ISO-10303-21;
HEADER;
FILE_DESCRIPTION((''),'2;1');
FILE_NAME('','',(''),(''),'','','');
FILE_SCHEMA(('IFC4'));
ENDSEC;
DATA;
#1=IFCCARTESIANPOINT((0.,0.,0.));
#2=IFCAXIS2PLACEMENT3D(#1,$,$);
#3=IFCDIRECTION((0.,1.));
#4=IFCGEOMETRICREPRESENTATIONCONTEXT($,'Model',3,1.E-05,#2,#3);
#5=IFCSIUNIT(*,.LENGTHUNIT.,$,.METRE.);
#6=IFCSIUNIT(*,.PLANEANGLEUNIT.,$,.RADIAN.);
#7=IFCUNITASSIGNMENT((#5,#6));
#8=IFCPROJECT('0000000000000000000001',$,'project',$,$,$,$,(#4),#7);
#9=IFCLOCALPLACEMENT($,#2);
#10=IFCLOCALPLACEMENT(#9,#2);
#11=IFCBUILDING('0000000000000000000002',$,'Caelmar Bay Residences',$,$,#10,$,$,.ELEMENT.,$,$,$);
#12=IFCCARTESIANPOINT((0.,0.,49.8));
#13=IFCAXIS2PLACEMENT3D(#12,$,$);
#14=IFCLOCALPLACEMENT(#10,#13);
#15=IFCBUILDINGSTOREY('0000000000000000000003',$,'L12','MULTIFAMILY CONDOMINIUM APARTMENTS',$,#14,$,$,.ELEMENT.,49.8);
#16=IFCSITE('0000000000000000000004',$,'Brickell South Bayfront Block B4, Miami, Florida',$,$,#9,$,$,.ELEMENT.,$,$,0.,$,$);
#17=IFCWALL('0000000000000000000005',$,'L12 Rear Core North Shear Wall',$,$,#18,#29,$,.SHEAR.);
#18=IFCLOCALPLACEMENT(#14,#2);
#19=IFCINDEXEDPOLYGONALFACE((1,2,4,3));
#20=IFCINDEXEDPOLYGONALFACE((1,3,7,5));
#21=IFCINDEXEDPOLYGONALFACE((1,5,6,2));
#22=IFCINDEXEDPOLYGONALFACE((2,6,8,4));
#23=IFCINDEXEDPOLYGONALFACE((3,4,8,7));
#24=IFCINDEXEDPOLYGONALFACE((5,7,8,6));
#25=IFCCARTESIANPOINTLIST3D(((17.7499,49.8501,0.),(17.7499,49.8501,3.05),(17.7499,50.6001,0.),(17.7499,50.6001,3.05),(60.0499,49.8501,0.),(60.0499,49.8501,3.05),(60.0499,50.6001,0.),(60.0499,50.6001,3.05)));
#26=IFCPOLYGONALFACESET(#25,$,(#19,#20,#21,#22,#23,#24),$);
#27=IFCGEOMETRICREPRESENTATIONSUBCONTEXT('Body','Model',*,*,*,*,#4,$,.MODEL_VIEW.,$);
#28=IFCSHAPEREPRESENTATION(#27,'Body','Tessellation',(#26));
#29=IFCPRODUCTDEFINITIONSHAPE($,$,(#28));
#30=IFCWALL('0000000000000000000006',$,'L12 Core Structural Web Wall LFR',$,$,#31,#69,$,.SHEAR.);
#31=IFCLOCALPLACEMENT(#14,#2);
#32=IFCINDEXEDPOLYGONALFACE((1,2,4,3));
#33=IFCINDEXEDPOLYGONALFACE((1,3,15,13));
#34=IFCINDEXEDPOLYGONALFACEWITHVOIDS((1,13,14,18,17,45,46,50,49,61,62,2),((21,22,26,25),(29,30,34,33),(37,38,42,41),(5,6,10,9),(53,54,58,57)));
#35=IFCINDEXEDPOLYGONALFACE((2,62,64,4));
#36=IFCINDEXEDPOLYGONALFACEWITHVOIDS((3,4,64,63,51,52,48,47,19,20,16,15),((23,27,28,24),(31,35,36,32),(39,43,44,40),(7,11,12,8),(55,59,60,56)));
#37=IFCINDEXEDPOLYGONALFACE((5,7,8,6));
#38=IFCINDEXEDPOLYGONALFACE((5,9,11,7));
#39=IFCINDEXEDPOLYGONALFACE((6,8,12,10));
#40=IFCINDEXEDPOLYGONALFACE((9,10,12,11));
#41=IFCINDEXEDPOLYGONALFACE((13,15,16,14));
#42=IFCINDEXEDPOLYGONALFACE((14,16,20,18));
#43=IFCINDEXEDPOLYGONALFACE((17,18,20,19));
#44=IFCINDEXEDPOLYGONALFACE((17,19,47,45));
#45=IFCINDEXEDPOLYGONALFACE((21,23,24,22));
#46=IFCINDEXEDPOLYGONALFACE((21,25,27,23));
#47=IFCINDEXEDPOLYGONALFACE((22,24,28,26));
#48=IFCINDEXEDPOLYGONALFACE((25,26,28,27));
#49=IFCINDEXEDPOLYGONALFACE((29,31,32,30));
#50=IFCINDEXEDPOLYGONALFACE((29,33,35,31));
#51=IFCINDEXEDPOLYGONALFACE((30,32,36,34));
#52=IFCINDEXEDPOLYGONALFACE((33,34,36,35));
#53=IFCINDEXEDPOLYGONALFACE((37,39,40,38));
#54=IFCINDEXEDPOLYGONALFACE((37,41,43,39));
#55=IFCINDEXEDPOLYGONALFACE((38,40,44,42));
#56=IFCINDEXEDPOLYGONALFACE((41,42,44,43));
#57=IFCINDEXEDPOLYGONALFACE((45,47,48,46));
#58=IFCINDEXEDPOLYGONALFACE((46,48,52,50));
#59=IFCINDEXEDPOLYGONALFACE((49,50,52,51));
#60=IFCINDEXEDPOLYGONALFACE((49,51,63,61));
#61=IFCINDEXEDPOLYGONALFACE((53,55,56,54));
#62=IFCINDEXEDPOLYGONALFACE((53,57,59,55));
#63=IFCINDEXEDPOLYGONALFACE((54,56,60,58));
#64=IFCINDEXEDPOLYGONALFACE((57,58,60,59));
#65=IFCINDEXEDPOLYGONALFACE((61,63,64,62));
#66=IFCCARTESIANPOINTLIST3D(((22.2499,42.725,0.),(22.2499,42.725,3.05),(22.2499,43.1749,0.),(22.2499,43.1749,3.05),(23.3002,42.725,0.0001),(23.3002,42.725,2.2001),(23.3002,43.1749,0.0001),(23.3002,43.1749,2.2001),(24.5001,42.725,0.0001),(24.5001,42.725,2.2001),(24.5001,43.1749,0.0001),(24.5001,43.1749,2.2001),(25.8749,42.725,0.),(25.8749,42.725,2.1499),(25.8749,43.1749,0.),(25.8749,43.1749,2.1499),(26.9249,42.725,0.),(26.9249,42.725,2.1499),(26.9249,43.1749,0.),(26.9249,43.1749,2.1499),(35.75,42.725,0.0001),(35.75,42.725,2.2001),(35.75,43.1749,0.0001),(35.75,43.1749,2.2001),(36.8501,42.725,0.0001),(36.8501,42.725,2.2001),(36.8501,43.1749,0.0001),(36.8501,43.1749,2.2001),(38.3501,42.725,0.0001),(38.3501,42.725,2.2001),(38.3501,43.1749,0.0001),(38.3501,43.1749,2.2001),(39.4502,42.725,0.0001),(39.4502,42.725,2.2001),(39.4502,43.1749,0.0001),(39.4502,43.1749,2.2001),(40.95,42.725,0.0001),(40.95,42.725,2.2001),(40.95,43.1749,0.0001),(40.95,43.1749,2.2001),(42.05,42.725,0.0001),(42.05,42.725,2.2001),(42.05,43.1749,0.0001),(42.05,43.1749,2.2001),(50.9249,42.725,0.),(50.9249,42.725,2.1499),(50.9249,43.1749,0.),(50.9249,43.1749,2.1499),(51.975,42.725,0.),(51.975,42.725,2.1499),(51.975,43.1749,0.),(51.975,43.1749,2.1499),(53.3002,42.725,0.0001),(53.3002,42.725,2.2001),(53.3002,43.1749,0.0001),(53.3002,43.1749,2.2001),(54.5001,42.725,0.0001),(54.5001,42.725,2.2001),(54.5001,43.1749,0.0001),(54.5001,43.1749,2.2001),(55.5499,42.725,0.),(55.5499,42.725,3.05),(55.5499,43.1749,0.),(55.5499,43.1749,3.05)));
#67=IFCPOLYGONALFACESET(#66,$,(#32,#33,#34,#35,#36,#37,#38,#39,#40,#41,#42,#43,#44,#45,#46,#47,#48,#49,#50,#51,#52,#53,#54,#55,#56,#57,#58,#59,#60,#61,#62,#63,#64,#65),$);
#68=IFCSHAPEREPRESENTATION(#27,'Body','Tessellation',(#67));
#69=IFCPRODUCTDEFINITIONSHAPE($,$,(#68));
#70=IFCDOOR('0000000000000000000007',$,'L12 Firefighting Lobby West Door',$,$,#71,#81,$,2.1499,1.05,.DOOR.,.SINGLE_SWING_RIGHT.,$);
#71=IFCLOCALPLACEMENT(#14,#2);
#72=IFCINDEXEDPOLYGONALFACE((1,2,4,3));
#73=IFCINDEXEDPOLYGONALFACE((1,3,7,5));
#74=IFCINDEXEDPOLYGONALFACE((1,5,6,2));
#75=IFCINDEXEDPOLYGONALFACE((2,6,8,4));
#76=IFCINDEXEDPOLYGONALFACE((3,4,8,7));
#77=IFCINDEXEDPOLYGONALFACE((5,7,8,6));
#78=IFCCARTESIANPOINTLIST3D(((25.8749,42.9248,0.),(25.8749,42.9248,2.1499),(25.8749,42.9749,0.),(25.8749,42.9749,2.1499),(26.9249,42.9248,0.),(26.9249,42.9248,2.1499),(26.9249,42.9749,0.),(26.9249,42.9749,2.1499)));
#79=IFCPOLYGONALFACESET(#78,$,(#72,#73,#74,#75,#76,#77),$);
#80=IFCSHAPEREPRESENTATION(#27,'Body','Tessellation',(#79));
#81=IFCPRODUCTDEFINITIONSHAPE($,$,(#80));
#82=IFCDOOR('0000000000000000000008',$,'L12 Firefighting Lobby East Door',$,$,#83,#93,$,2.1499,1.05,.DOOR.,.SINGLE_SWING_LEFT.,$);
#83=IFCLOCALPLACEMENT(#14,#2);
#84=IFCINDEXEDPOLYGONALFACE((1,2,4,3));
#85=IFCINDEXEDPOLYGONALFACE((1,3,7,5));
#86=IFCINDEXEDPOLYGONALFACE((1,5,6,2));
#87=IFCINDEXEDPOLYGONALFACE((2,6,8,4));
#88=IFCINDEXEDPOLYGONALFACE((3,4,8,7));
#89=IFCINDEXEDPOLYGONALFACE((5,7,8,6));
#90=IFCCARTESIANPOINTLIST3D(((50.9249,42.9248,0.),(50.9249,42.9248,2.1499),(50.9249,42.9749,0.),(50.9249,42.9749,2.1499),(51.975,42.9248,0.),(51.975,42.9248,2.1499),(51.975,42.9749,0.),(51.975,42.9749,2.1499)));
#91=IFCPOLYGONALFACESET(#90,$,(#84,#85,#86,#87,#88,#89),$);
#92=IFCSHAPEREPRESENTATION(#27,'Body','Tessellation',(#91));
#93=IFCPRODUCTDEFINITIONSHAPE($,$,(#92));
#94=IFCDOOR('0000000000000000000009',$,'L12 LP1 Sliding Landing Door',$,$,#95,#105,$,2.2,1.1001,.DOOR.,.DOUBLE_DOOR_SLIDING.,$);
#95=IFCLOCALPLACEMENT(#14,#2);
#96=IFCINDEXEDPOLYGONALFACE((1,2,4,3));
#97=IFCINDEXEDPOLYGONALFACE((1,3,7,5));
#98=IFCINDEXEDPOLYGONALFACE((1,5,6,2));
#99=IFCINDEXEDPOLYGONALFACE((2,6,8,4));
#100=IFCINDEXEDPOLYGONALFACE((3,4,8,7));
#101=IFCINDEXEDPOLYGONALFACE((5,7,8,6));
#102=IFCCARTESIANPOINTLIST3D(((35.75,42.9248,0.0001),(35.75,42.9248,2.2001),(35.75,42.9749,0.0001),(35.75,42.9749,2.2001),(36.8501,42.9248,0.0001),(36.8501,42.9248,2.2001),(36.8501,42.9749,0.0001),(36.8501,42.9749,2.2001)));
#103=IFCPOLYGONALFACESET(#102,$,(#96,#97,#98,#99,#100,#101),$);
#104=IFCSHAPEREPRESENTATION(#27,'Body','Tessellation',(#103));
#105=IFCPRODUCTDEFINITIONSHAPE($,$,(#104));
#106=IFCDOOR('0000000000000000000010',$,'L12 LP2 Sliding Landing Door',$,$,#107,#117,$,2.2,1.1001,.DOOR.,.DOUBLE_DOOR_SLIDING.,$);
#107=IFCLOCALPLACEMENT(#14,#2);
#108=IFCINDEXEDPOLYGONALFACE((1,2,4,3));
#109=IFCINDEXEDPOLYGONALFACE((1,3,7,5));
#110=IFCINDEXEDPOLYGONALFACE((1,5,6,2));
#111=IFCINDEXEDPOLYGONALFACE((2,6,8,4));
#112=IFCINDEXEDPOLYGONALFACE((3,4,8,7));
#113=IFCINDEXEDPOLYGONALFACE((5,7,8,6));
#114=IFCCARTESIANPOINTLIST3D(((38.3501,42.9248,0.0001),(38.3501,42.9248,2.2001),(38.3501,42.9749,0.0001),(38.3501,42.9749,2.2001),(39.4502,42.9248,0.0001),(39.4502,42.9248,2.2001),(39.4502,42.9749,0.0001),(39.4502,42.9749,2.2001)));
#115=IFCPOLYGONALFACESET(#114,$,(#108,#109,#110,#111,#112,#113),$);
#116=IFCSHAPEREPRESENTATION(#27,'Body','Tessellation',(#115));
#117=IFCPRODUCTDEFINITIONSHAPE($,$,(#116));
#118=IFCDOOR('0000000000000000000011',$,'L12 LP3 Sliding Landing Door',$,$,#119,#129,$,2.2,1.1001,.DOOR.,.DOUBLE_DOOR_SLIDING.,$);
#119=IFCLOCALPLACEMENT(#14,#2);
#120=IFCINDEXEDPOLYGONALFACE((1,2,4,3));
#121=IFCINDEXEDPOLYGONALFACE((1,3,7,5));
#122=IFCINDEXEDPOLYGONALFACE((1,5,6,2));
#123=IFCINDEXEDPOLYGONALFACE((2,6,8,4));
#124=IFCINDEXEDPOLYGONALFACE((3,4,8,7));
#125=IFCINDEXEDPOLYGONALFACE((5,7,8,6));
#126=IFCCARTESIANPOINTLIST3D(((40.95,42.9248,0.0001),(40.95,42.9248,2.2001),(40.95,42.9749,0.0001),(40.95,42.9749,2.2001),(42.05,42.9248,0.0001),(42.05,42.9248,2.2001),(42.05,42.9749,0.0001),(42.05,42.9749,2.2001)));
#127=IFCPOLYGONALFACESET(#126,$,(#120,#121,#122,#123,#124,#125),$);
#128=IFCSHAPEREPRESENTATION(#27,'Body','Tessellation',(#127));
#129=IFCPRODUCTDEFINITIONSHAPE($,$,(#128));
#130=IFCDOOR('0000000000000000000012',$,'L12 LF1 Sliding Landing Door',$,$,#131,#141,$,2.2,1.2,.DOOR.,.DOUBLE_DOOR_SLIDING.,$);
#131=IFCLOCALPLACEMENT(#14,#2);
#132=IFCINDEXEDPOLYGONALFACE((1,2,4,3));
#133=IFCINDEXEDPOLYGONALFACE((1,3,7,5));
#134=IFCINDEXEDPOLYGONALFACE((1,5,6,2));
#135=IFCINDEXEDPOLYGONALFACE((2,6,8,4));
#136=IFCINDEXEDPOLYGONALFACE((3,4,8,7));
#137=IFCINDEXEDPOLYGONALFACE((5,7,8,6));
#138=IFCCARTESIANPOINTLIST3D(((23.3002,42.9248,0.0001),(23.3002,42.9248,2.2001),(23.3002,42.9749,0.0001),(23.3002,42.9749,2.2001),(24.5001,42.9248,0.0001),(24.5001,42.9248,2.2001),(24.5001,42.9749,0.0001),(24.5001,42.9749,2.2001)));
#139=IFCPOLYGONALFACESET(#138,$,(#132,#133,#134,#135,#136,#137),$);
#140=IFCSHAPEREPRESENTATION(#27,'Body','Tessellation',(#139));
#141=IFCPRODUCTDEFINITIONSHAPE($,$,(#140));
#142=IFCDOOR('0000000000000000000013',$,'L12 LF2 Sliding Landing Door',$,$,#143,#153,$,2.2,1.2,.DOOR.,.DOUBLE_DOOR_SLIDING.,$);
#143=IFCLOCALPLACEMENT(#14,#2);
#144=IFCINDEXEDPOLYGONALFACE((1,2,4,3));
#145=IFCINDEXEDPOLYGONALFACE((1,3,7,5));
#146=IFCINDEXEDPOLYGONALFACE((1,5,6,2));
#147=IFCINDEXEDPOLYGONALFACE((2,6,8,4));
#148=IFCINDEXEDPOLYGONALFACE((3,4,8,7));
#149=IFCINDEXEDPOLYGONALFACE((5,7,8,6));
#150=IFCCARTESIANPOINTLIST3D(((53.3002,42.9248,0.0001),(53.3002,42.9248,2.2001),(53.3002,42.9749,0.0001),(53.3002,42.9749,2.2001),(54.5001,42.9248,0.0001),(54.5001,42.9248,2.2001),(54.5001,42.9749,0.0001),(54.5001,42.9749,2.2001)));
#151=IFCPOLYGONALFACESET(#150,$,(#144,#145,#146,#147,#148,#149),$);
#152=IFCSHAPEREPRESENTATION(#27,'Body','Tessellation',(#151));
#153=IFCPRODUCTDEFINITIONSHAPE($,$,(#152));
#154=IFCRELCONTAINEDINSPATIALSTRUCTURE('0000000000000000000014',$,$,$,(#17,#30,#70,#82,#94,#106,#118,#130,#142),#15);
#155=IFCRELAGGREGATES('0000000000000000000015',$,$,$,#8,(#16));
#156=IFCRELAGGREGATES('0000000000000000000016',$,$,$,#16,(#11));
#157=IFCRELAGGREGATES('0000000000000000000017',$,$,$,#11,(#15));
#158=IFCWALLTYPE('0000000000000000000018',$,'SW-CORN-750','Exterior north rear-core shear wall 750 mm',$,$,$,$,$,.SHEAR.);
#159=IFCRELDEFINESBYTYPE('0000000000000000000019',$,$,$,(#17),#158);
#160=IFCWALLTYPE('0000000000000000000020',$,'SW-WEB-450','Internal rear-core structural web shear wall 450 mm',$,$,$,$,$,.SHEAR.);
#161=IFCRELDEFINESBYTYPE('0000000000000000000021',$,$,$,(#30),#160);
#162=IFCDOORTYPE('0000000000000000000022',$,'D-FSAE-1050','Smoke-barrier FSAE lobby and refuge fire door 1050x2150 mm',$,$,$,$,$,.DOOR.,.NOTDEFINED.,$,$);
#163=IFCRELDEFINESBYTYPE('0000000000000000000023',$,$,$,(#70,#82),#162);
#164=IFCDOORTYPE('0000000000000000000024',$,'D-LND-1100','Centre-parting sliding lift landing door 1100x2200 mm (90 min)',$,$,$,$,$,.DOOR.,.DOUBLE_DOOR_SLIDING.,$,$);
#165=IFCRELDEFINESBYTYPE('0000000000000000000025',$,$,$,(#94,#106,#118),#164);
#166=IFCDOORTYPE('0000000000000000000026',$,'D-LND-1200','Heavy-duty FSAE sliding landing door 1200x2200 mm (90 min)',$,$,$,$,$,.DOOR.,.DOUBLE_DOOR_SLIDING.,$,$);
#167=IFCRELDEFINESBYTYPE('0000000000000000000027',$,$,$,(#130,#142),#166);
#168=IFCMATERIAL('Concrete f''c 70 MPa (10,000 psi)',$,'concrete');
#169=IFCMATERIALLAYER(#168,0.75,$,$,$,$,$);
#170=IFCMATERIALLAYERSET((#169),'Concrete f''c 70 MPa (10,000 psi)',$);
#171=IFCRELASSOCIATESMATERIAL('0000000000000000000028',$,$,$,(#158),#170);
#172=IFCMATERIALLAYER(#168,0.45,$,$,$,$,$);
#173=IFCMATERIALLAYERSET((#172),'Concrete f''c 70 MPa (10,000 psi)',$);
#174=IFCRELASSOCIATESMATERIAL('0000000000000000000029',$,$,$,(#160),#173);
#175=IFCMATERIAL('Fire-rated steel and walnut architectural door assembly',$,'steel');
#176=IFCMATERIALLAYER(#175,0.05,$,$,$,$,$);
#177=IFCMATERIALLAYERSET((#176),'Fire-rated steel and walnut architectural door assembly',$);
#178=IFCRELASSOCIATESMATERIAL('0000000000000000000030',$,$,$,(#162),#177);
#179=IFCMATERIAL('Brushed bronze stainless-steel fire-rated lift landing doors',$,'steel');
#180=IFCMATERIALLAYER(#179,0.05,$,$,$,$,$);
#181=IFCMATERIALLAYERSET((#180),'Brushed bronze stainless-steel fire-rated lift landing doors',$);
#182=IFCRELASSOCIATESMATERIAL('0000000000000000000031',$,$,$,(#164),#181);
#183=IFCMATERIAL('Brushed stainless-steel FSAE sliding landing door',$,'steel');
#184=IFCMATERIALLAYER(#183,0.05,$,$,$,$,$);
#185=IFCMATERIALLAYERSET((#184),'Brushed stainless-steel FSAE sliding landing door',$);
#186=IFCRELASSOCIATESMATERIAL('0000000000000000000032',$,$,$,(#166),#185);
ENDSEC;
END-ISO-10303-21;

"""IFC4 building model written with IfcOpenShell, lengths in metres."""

from ifc_helpers import new_model, si_unit, direction, frame, frame_2d, origin, place, context, subcontext, project, spatial, rectangle, extrude, material, layer, layer_set, type_object, element, fill, save


model = new_model("IFC4")

# Units and contexts
model_context = context("Model", 3, precision=1e-05, world=origin(), true_north=direction((0.0, 1.0)))
body_context = subcontext(model_context, "Body", "Model", "MODEL_VIEW")
ifc_project = project(units=[si_unit("LENGTHUNIT", "METRE"), si_unit("PLANEANGLEUNIT", "RADIAN")], contexts=[model_context])

# Site, building, storey
site_placement = place(None, origin())
site = spatial("IfcSite", under=ifc_project, at=site_placement, Name="Brickell South Bayfront Block B4, Miami, Florida", CompositionType="ELEMENT", RefElevation=0.0)
building_placement = place(site_placement, origin())
building = spatial("IfcBuilding", under=site, at=building_placement, Name="Caelmar Bay Residences", CompositionType="ELEMENT")
storey_placement = place(building_placement, frame((0.0, 0.0, 49.8)))
storey = spatial("IfcBuildingStorey", under=building, at=storey_placement, Name="L12", Description="MULTIFAMILY CONDOMINIUM APARTMENTS", CompositionType="ELEMENT", Elevation=49.8)

# Wall
ifc_material_1 = material(Name="Concrete f'c 70 MPa (10,000 psi)", Category="concrete")
ifc_layer_1 = layer(ifc_material_1, 0.75)
ifc_layer_set_1 = layer_set([ifc_layer_1], Name="Concrete f'c 70 MPa (10,000 psi)")
wall_type_1 = type_object("IfcWallType", Name="SW-CORN-750", Description="Exterior north rear-core shear wall 750 mm", PredefinedType="SHEAR", material=ifc_layer_set_1)
wall_1_placement = place(storey_placement, frame((17.75, 50.2251, 0.0), z_axis=(0.0, 0.0, 1.0), x_axis=(1.0, 0.0, 0.0)))
element("IfcWall", 1, at=wall_1_placement, inside=storey, type_object=wall_type_1, Name="L12 Rear Core North Shear Wall", PredefinedType="SHEAR", context=body_context, shape_type="SweptSolid", body=[
    extrude(rectangle(XDim=42.3, YDim=0.75, at=frame_2d((21.1499, 0.0))), origin(), (0.0, 0.0, 1.0), 3.05),
])

# Wall, openings, doors
ifc_layer_2 = layer(ifc_material_1, 0.45)
ifc_layer_set_2 = layer_set([ifc_layer_2], Name="Concrete f'c 70 MPa (10,000 psi)")
wall_type_2 = type_object("IfcWallType", Name="SW-WEB-450", Description="Internal rear-core structural web shear wall 450 mm", PredefinedType="SHEAR", material=ifc_layer_set_2)
wall_2_placement = place(storey_placement, frame((22.25, 42.95, 0.0), z_axis=(0.0, 0.0, 1.0), x_axis=(1.0, 0.0, 0.0)))
wall_2 = element("IfcWall", 2, at=wall_2_placement, inside=storey, type_object=wall_type_2, Name="L12 Core Structural Web Wall LFR", PredefinedType="SHEAR", context=body_context, shape_type="SweptSolid", body=[
    extrude(rectangle(XDim=33.3, YDim=0.45, at=frame_2d((16.6499, 0.0))), origin(), (0.0, 0.0, 1.0), 3.05),
])
opening_1_placement = place(wall_2_placement, frame((1.05, 0.0, 0.0)))
opening_1 = element("IfcOpeningElement", 3, at=opening_1_placement, cuts=wall_2, PredefinedType="OPENING", context=body_context, shape_type="SweptSolid", body=[
    extrude(rectangle(XDim=1.2, YDim=2.2, at=frame_2d((0.6001, 1.1001))), frame((0.0, 0.2349, 0.0), z_axis=(0.0, -1.0, 0.0), x_axis=(1.0, 0.0, 0.0)), (0.0, 0.0, 1.0), 0.47),
])
opening_2_placement = place(wall_2_placement, frame((31.05, 0.0, 0.0)))
opening_2 = element("IfcOpeningElement", 4, at=opening_2_placement, cuts=wall_2, PredefinedType="OPENING", context=body_context, shape_type="SweptSolid", body=[
    extrude(rectangle(XDim=1.2, YDim=2.2, at=frame_2d((0.6001, 1.1001))), frame((0.0, 0.2349, 0.0), z_axis=(0.0, -1.0, 0.0), x_axis=(1.0, 0.0, 0.0)), (0.0, 0.0, 1.0), 0.47),
])
opening_3_placement = place(wall_2_placement, frame((13.5, 0.0, 0.0)))
opening_3 = element("IfcOpeningElement", 5, at=opening_3_placement, cuts=wall_2, PredefinedType="OPENING", context=body_context, shape_type="SweptSolid", body=[
    extrude(rectangle(XDim=1.1001, YDim=2.2, at=frame_2d((0.55, 1.1001))), frame((0.0, 0.2349, 0.0), z_axis=(0.0, -1.0, 0.0), x_axis=(1.0, 0.0, 0.0)), (0.0, 0.0, 1.0), 0.47),
])
opening_4_placement = place(wall_2_placement, frame((16.1001, 0.0, 0.0)))
opening_4 = element("IfcOpeningElement", 6, at=opening_4_placement, cuts=wall_2, PredefinedType="OPENING", context=body_context, shape_type="SweptSolid", body=[
    extrude(rectangle(XDim=1.1001, YDim=2.2, at=frame_2d((0.55, 1.1001))), frame((0.0, 0.2349, 0.0), z_axis=(0.0, -1.0, 0.0), x_axis=(1.0, 0.0, 0.0)), (0.0, 0.0, 1.0), 0.47),
])
opening_5_placement = place(wall_2_placement, frame((18.7, 0.0, 0.0)))
opening_5 = element("IfcOpeningElement", 7, at=opening_5_placement, cuts=wall_2, PredefinedType="OPENING", context=body_context, shape_type="SweptSolid", body=[
    extrude(rectangle(XDim=1.1001, YDim=2.2, at=frame_2d((0.55, 1.1001))), frame((0.0, 0.2349, 0.0), z_axis=(0.0, -1.0, 0.0), x_axis=(1.0, 0.0, 0.0)), (0.0, 0.0, 1.0), 0.47),
])
opening_6_placement = place(wall_2_placement, frame((3.625, 0.0, 0.0)))
opening_6 = element("IfcOpeningElement", 8, at=opening_6_placement, cuts=wall_2, PredefinedType="OPENING", context=body_context, shape_type="SweptSolid", body=[
    extrude(rectangle(XDim=1.05, YDim=2.1499, at=frame_2d((0.5249, 1.075))), frame((0.0, 0.2349, 0.0), z_axis=(0.0, -1.0, 0.0), x_axis=(1.0, 0.0, 0.0)), (0.0, 0.0, 1.0), 0.47),
])
opening_7_placement = place(wall_2_placement, frame((28.675, 0.0, 0.0)))
opening_7 = element("IfcOpeningElement", 9, at=opening_7_placement, cuts=wall_2, PredefinedType="OPENING", context=body_context, shape_type="SweptSolid", body=[
    extrude(rectangle(XDim=1.05, YDim=2.1499, at=frame_2d((0.5249, 1.075))), frame((0.0, 0.2349, 0.0), z_axis=(0.0, -1.0, 0.0), x_axis=(1.0, 0.0, 0.0)), (0.0, 0.0, 1.0), 0.47),
])
ifc_material_2 = material(Name="Fire-rated steel and walnut architectural door assembly", Category="steel")
ifc_layer_3 = layer(ifc_material_2, 0.05)
ifc_layer_set_3 = layer_set([ifc_layer_3], Name="Fire-rated steel and walnut architectural door assembly")
door_type_1 = type_object("IfcDoorType", Name="D-FSAE-1050", Description="Smoke-barrier FSAE lobby and refuge fire door 1050x2150 mm", OperationType="NOTDEFINED", PredefinedType="DOOR", material=ifc_layer_set_3)
door_1_placement = place(opening_6_placement, origin())
door_1 = element("IfcDoor", 10, at=door_1_placement, inside=storey, type_object=door_type_1, Name="L12 Firefighting Lobby West Door", OperationType="SINGLE_SWING_RIGHT", OverallHeight=2.1499, OverallWidth=1.05, PredefinedType="DOOR", context=body_context, shape_type="SweptSolid", body=[
    extrude(rectangle(XDim=1.05, YDim=2.1499, at=frame_2d((0.5249, 1.075))), frame((0.0, 0.0249, 0.0), z_axis=(0.0, -1.0, 0.0), x_axis=(1.0, 0.0, 0.0)), (0.0, 0.0, 1.0), 0.05),
])
fill(opening_6, door_1)
door_2_placement = place(opening_7_placement, origin())
door_2 = element("IfcDoor", 11, at=door_2_placement, inside=storey, type_object=door_type_1, Name="L12 Firefighting Lobby East Door", OperationType="SINGLE_SWING_LEFT", OverallHeight=2.1499, OverallWidth=1.05, PredefinedType="DOOR", context=body_context, shape_type="SweptSolid", body=[
    extrude(rectangle(XDim=1.05, YDim=2.1499, at=frame_2d((0.5249, 1.075))), frame((0.0, 0.0249, 0.0), z_axis=(0.0, -1.0, 0.0), x_axis=(1.0, 0.0, 0.0)), (0.0, 0.0, 1.0), 0.05),
])
fill(opening_7, door_2)
ifc_material_3 = material(Name="Brushed bronze stainless-steel fire-rated lift landing doors", Category="steel")
ifc_layer_4 = layer(ifc_material_3, 0.05)
ifc_layer_set_4 = layer_set([ifc_layer_4], Name="Brushed bronze stainless-steel fire-rated lift landing doors")
door_type_2 = type_object("IfcDoorType", Name="D-LND-1100", Description="Centre-parting sliding lift landing door 1100x2200 mm (90 min)", OperationType="DOUBLE_DOOR_SLIDING", PredefinedType="DOOR", material=ifc_layer_set_4)
door_3_placement = place(opening_3_placement, origin())
door_3 = element("IfcDoor", 12, at=door_3_placement, inside=storey, type_object=door_type_2, Name="L12 LP1 Sliding Landing Door", OperationType="DOUBLE_DOOR_SLIDING", OverallHeight=2.2, OverallWidth=1.1001, PredefinedType="DOOR", context=body_context, shape_type="SweptSolid", body=[
    extrude(rectangle(XDim=1.1001, YDim=2.2, at=frame_2d((0.55, 1.1001))), frame((0.0, 0.0249, 0.0), z_axis=(0.0, -1.0, 0.0), x_axis=(1.0, 0.0, 0.0)), (0.0, 0.0, 1.0), 0.05),
])
fill(opening_3, door_3)
door_4_placement = place(opening_4_placement, origin())
door_4 = element("IfcDoor", 13, at=door_4_placement, inside=storey, type_object=door_type_2, Name="L12 LP2 Sliding Landing Door", OperationType="DOUBLE_DOOR_SLIDING", OverallHeight=2.2, OverallWidth=1.1001, PredefinedType="DOOR", context=body_context, shape_type="SweptSolid", body=[
    extrude(rectangle(XDim=1.1001, YDim=2.2, at=frame_2d((0.55, 1.1001))), frame((0.0, 0.0249, 0.0), z_axis=(0.0, -1.0, 0.0), x_axis=(1.0, 0.0, 0.0)), (0.0, 0.0, 1.0), 0.05),
])
fill(opening_4, door_4)
door_5_placement = place(opening_5_placement, origin())
door_5 = element("IfcDoor", 14, at=door_5_placement, inside=storey, type_object=door_type_2, Name="L12 LP3 Sliding Landing Door", OperationType="DOUBLE_DOOR_SLIDING", OverallHeight=2.2, OverallWidth=1.1001, PredefinedType="DOOR", context=body_context, shape_type="SweptSolid", body=[
    extrude(rectangle(XDim=1.1001, YDim=2.2, at=frame_2d((0.55, 1.1001))), frame((0.0, 0.0249, 0.0), z_axis=(0.0, -1.0, 0.0), x_axis=(1.0, 0.0, 0.0)), (0.0, 0.0, 1.0), 0.05),
])
fill(opening_5, door_5)
ifc_material_4 = material(Name="Brushed stainless-steel FSAE sliding landing door", Category="steel")
ifc_layer_5 = layer(ifc_material_4, 0.05)
ifc_layer_set_5 = layer_set([ifc_layer_5], Name="Brushed stainless-steel FSAE sliding landing door")
door_type_3 = type_object("IfcDoorType", Name="D-LND-1200", Description="Heavy-duty FSAE sliding landing door 1200x2200 mm (90 min)", OperationType="DOUBLE_DOOR_SLIDING", PredefinedType="DOOR", material=ifc_layer_set_5)
door_6_placement = place(opening_1_placement, origin())
door_6 = element("IfcDoor", 15, at=door_6_placement, inside=storey, type_object=door_type_3, Name="L12 LF1 Sliding Landing Door", OperationType="DOUBLE_DOOR_SLIDING", OverallHeight=2.2, OverallWidth=1.2, PredefinedType="DOOR", context=body_context, shape_type="SweptSolid", body=[
    extrude(rectangle(XDim=1.2, YDim=2.2, at=frame_2d((0.6001, 1.1001))), frame((0.0, 0.0249, 0.0), z_axis=(0.0, -1.0, 0.0), x_axis=(1.0, 0.0, 0.0)), (0.0, 0.0, 1.0), 0.05),
])
fill(opening_1, door_6)
door_7_placement = place(opening_2_placement, origin())
door_7 = element("IfcDoor", 16, at=door_7_placement, inside=storey, type_object=door_type_3, Name="L12 LF2 Sliding Landing Door", OperationType="DOUBLE_DOOR_SLIDING", OverallHeight=2.2, OverallWidth=1.2, PredefinedType="DOOR", context=body_context, shape_type="SweptSolid", body=[
    extrude(rectangle(XDim=1.2, YDim=2.2, at=frame_2d((0.6001, 1.1001))), frame((0.0, 0.0249, 0.0), z_axis=(0.0, -1.0, 0.0), x_axis=(1.0, 0.0, 0.0)), (0.0, 0.0, 1.0), 0.05),
])
fill(opening_2, door_7)

save(model, "model.ifc")
